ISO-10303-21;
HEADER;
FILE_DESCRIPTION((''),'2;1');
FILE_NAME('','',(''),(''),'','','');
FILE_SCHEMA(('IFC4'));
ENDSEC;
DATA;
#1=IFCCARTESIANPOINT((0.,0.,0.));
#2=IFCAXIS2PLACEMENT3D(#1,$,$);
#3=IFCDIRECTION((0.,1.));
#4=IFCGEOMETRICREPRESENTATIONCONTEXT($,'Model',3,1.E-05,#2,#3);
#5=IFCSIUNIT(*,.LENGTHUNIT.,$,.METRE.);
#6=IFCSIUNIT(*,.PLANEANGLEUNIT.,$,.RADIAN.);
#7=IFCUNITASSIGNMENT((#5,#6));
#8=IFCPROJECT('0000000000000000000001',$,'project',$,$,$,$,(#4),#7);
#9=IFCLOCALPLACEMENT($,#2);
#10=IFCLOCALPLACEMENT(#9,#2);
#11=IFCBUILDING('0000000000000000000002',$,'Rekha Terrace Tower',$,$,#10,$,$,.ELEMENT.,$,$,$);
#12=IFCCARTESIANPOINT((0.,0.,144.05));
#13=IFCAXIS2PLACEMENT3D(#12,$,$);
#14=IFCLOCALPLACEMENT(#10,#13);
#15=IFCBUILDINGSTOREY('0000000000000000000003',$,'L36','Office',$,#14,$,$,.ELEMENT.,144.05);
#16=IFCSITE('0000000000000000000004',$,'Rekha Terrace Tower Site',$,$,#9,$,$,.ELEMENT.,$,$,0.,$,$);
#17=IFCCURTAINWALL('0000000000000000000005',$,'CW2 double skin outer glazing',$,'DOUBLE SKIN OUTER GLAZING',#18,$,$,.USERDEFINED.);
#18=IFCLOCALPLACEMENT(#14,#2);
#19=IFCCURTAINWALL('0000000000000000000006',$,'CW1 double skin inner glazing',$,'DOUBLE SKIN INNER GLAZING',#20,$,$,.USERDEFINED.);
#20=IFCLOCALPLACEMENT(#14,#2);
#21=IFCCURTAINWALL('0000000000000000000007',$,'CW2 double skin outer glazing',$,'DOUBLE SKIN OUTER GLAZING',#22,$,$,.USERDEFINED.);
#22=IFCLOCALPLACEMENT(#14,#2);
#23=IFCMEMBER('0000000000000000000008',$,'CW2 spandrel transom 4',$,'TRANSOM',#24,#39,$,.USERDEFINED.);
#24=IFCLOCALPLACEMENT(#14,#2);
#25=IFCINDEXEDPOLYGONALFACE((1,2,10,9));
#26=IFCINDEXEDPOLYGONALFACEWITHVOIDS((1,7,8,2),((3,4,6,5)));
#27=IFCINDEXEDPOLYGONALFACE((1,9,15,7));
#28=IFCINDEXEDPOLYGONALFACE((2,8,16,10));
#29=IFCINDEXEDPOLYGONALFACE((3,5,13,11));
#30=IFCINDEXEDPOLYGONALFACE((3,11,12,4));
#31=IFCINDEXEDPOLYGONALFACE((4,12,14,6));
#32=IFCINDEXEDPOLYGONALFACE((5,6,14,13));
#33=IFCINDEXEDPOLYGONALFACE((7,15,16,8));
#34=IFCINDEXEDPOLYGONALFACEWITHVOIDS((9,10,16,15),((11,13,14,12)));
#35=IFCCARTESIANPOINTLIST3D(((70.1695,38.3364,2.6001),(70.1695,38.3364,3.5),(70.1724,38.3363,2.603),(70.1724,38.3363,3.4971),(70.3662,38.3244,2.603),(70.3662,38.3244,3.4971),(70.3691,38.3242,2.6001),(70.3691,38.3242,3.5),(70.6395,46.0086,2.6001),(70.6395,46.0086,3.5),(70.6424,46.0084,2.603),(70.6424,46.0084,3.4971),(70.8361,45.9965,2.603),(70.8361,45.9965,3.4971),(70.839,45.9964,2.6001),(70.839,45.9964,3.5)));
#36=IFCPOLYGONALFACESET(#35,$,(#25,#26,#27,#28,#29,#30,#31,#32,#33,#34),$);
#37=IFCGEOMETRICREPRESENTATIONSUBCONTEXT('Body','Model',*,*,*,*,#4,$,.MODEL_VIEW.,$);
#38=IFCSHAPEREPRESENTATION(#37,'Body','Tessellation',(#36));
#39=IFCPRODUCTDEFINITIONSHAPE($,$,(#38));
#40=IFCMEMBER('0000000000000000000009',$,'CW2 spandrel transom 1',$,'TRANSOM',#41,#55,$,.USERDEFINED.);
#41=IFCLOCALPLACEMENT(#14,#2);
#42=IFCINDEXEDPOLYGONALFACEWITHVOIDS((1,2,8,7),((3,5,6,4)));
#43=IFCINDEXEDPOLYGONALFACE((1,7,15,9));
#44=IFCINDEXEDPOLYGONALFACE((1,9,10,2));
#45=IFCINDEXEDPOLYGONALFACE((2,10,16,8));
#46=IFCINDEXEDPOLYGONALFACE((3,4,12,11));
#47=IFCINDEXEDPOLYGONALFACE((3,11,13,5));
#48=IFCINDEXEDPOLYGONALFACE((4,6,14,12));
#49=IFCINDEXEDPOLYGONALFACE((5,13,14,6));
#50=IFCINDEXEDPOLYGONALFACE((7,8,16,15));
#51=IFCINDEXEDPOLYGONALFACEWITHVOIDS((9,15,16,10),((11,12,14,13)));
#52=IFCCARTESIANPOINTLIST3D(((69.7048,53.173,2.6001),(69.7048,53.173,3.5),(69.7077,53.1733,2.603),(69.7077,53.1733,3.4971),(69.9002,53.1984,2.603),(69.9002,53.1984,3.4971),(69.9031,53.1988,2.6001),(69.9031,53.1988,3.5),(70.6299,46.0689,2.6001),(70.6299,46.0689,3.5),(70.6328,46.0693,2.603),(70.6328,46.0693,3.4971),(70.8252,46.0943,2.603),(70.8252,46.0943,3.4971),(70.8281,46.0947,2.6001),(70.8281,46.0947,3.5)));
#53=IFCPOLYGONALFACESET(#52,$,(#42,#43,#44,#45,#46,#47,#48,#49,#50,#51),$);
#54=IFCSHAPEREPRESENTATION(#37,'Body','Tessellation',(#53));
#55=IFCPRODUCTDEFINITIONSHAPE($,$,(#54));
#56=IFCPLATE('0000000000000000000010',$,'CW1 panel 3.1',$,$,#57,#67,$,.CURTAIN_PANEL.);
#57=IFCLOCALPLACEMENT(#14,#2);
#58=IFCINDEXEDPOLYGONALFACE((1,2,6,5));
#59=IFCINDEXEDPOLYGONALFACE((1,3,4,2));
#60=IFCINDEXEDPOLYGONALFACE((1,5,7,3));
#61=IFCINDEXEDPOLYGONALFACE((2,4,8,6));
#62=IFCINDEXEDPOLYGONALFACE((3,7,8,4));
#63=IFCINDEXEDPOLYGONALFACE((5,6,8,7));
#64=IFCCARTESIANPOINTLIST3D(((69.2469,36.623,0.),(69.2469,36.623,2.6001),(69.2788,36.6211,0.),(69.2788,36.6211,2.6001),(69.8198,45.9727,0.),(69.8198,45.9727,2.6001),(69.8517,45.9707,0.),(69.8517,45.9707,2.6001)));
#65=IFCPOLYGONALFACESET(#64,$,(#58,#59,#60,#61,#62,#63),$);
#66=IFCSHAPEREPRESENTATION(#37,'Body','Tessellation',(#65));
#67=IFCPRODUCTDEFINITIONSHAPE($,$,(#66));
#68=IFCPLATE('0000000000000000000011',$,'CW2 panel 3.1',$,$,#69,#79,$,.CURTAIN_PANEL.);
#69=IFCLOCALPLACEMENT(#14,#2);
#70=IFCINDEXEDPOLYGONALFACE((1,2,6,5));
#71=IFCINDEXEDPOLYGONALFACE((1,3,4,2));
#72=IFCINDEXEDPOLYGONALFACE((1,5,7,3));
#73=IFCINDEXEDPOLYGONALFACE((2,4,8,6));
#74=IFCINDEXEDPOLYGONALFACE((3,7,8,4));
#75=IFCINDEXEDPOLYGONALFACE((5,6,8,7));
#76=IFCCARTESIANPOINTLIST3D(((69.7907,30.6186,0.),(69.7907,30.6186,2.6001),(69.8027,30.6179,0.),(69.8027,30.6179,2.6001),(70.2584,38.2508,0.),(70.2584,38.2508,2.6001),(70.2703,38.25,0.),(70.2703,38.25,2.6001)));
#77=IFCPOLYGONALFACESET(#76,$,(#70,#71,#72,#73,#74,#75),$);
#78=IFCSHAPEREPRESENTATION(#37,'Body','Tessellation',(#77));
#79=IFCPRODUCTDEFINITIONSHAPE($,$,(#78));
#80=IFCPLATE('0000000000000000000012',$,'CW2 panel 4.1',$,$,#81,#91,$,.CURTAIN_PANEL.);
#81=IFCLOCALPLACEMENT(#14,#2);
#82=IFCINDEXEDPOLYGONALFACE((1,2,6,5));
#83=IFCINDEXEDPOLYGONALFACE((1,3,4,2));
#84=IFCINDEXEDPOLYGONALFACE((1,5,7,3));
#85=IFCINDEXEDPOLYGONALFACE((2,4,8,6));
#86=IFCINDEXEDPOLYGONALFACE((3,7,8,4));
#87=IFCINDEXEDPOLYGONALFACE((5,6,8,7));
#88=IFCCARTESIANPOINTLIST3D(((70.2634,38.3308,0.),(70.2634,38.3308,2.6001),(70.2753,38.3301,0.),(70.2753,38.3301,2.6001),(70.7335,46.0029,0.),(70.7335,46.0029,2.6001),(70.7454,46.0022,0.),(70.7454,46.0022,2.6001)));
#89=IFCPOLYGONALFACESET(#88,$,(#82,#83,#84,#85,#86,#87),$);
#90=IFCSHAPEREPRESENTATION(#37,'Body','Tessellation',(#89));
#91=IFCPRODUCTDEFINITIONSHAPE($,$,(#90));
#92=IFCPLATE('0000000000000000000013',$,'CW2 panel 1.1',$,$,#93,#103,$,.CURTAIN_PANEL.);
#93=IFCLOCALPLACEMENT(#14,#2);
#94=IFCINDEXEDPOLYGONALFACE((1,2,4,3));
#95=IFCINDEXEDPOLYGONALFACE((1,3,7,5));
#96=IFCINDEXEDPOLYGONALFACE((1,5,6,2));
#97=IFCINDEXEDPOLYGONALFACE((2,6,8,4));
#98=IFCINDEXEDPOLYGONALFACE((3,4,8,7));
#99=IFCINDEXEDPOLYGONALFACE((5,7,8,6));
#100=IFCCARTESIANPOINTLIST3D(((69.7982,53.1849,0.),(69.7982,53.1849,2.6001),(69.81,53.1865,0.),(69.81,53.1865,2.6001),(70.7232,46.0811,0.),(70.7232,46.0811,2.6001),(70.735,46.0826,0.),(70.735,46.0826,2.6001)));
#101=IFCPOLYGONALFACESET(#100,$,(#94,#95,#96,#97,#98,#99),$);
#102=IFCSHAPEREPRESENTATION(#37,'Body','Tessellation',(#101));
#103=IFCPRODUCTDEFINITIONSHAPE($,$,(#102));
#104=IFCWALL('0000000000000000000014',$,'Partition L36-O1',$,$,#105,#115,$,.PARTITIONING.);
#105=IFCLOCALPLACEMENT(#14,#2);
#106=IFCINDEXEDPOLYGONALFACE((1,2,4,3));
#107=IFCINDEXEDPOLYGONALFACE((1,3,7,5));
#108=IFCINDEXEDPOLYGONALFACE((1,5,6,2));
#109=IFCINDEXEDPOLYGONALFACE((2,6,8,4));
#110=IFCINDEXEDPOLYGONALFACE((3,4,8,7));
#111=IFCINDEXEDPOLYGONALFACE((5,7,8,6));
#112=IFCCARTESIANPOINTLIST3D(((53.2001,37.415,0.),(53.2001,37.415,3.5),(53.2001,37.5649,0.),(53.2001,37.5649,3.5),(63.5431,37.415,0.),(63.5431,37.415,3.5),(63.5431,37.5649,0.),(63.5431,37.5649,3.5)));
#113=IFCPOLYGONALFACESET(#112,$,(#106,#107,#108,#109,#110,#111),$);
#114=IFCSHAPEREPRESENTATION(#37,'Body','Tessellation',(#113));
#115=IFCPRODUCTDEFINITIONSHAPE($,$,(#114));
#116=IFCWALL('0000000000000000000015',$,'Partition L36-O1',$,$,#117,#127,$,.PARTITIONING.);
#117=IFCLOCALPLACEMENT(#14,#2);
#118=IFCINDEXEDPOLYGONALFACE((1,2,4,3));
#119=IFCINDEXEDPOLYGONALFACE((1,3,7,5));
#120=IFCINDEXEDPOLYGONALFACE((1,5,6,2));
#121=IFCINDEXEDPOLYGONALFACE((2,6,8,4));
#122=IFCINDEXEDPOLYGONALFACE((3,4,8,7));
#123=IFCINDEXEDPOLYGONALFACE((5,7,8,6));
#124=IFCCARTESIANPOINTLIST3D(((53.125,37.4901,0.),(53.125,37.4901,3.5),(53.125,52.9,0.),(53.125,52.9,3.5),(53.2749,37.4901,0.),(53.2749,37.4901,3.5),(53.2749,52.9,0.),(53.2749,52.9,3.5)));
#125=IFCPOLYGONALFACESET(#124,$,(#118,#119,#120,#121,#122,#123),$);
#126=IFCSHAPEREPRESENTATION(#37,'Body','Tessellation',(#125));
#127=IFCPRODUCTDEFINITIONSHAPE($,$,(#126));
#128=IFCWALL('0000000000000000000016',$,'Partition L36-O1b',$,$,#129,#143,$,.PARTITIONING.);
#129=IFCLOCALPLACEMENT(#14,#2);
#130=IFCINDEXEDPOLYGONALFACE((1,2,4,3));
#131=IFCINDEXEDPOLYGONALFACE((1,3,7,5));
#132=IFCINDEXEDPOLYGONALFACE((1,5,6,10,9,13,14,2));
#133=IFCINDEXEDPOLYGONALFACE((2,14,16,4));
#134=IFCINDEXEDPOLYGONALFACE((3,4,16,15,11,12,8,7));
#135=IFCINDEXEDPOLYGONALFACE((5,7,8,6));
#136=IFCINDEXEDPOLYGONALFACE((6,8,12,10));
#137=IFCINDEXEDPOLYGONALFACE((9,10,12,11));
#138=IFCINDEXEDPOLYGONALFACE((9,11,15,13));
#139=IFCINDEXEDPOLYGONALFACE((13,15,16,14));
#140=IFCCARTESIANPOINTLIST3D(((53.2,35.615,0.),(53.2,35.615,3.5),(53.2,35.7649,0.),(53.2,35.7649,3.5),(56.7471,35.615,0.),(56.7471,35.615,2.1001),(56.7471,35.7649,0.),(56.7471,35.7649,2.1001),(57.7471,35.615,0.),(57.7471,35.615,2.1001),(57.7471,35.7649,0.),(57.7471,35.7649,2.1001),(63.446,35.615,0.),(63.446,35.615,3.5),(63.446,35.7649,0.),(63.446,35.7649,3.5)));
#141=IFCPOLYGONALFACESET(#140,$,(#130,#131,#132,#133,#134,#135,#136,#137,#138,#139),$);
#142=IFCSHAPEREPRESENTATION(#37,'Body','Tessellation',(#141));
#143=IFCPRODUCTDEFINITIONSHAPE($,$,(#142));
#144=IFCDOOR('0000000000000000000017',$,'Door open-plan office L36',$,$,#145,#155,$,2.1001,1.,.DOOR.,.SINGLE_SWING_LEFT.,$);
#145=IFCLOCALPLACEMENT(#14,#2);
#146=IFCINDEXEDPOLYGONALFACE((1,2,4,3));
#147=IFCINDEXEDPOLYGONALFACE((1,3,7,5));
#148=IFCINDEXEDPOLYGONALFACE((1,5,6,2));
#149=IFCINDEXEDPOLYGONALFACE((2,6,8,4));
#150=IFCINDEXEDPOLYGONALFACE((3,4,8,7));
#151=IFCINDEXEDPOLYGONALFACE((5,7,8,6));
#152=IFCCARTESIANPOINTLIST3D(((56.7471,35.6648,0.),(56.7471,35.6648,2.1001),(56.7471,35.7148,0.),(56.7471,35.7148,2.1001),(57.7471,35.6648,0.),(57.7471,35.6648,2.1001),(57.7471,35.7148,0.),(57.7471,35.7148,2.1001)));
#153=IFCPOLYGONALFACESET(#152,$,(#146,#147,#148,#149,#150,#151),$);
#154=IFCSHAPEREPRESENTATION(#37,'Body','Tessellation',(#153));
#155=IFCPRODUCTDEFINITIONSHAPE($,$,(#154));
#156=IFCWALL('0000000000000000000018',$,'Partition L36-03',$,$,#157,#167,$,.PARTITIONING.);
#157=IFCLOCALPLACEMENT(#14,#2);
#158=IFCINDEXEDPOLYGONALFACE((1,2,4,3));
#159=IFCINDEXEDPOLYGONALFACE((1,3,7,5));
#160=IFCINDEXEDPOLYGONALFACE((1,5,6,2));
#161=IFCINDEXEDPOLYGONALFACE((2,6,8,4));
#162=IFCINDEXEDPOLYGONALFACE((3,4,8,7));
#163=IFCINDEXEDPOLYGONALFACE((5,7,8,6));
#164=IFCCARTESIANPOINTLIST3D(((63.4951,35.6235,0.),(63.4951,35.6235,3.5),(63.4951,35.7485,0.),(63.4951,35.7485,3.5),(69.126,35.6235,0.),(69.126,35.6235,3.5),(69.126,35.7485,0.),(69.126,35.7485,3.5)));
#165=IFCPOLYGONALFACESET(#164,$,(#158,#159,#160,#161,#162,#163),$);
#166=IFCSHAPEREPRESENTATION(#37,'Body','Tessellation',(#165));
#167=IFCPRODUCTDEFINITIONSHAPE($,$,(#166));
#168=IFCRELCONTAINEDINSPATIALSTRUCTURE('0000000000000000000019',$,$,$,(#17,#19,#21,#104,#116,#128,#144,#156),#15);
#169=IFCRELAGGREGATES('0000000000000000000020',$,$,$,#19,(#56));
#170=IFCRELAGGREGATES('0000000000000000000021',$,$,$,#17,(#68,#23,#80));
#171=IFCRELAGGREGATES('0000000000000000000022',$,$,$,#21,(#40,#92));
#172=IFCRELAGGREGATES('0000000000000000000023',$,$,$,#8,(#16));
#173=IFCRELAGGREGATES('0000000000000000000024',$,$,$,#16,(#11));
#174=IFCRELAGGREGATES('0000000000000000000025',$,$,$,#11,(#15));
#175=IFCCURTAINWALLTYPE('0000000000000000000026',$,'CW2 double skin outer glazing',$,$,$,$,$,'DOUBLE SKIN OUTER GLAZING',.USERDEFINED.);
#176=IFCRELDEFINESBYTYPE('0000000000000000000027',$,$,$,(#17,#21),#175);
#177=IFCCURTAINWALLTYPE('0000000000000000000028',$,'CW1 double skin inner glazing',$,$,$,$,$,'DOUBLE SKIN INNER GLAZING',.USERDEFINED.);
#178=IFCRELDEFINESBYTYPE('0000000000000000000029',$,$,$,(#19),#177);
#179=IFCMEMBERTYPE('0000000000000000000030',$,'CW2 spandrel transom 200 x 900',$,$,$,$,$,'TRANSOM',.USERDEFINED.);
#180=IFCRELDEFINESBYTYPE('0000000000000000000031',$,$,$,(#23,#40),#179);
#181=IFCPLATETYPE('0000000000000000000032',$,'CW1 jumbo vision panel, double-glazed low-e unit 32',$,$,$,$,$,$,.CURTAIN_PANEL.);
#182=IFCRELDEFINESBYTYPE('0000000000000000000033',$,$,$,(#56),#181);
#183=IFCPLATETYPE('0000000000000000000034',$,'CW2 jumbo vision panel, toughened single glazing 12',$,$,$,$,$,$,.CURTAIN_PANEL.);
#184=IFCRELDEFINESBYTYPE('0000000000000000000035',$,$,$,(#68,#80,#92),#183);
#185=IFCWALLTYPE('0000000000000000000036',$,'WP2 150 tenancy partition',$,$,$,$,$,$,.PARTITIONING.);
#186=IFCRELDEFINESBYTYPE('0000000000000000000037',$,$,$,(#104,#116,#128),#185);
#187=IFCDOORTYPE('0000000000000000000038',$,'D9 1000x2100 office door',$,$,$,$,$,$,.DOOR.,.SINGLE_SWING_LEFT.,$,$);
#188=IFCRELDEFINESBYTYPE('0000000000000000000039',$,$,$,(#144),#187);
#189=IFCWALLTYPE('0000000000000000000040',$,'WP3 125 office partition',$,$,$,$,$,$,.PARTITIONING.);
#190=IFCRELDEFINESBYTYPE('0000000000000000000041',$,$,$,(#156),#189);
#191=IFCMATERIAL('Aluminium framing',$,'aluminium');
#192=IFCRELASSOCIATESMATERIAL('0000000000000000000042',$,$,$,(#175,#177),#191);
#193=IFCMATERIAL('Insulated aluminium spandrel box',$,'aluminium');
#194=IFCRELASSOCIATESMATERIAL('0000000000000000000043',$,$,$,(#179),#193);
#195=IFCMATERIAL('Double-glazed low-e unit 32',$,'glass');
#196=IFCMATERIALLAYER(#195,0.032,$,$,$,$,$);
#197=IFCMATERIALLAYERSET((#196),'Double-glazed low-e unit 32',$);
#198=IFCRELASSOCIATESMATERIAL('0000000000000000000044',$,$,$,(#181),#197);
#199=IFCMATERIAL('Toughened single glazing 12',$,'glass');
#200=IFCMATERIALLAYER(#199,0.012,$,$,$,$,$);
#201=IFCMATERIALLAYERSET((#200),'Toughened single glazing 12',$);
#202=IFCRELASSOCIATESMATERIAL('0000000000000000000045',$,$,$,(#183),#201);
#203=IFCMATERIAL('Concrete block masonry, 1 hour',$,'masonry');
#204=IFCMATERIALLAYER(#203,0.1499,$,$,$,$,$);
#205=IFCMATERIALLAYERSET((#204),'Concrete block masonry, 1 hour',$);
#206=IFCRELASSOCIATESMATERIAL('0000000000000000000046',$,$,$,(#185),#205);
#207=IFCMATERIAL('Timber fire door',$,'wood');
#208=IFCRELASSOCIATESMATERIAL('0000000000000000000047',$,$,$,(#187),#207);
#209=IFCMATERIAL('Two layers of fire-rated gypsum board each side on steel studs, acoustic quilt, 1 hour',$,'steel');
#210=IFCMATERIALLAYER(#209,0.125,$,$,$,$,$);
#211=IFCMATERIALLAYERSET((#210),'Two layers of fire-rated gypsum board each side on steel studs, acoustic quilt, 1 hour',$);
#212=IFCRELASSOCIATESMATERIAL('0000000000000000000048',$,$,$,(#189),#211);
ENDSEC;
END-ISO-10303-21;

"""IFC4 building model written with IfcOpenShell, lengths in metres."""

from ifc_helpers import new_model, si_unit, direction, frame, frame_2d, origin, origin_2d, place, context, subcontext, project, spatial, rectangle, hollow_rectangle, extrude, material, layer, layer_set, material_profile, profile_set, type_object, element, fill, aggregate, save


model = new_model("IFC4")

# Units and contexts
model_context = context("Model", 3, precision=1e-05, world=origin(), true_north=direction((0.0, 1.0)))
body_context = subcontext(model_context, "Body", "Model", "MODEL_VIEW")
ifc_project = project(units=[si_unit("LENGTHUNIT", "METRE"), si_unit("PLANEANGLEUNIT", "RADIAN")], contexts=[model_context])

# Site, building, storey
site_placement = place(None, origin())
site = spatial("IfcSite", under=ifc_project, at=site_placement, Name="Rekha Terrace Tower Site", CompositionType="ELEMENT", RefElevation=0.0)
building_placement = place(site_placement, origin())
building = spatial("IfcBuilding", under=site, at=building_placement, Name="Rekha Terrace Tower", CompositionType="ELEMENT")
storey_placement = place(building_placement, frame((0.0, 0.0, 144.05)))
storey = spatial("IfcBuildingStorey", under=building, at=storey_placement, Name="L36", Description="Office", CompositionType="ELEMENT", Elevation=144.05)

# Curtain walls
ifc_material_1 = material(Name="Aluminium framing", Category="aluminium")
curtain_wall_type_1 = type_object("IfcCurtainWallType", Name="CW2 double skin outer glazing", ElementType="DOUBLE SKIN OUTER GLAZING", PredefinedType="USERDEFINED", material=ifc_material_1)
curtain_wall_1_placement = place(storey_placement, origin())
curtain_wall_1 = element("IfcCurtainWall", 1, at=curtain_wall_1_placement, inside=storey, type_object=curtain_wall_type_1, Name="CW2 double skin outer glazing", ObjectType="DOUBLE SKIN OUTER GLAZING", PredefinedType="USERDEFINED")
curtain_wall_type_2 = type_object("IfcCurtainWallType", Name="CW1 double skin inner glazing", ElementType="DOUBLE SKIN INNER GLAZING", PredefinedType="USERDEFINED", material=ifc_material_1)
curtain_wall_2_placement = place(storey_placement, origin())
curtain_wall_2 = element("IfcCurtainWall", 2, at=curtain_wall_2_placement, inside=storey, type_object=curtain_wall_type_2, Name="CW1 double skin inner glazing", ObjectType="DOUBLE SKIN INNER GLAZING", PredefinedType="USERDEFINED")

# Shared definitions
ifc_material_2 = material(Name="Insulated aluminium spandrel box", Category="aluminium")

# Curtain wall
curtain_wall_3_placement = place(storey_placement, origin())
curtain_wall_3 = element("IfcCurtainWall", 3, at=curtain_wall_3_placement, inside=storey, type_object=curtain_wall_type_1, Name="CW2 double skin outer glazing", ObjectType="DOUBLE SKIN OUTER GLAZING", PredefinedType="USERDEFINED")

# Members
ifc_material_profile_1 = material_profile(ifc_material_2, hollow_rectangle(XDim=0.2, YDim=0.8999, WallThickness=0.0029, at=origin_2d()), Name="AL SPANDREL BOX 200x900")
ifc_profile_set_1 = profile_set([ifc_material_profile_1], Name="Insulated aluminium spandrel box")
member_type_1 = type_object("IfcMemberType", Name="CW2 spandrel transom 200 x 900", ElementType="TRANSOM", PredefinedType="USERDEFINED", material=ifc_profile_set_1)
member_1_placement = place(storey_placement, frame((70.2693, 38.3303, 3.05), z_axis=(0.061142, 0.998129, 0.0), x_axis=(-0.998129, 0.061142, 0.0)))
member_1 = element("IfcMember", 4, at=member_1_placement, type_object=member_type_1, Name="CW2 spandrel transom 4", ObjectType="TRANSOM", PredefinedType="USERDEFINED", context=body_context, shape_type="SweptSolid", body=[
    extrude(hollow_rectangle(XDim=0.2, YDim=0.8999, WallThickness=0.0029, at=origin_2d()), origin(), (0.0, 0.0, 1.0), 7.6865),
])
member_2_placement = place(storey_placement, frame((70.729, 46.0818, 3.05), z_axis=(-0.129125, 0.991628, 0.0), x_axis=(-0.991628, -0.129125, 0.0)))
member_2 = element("IfcMember", 5, at=member_2_placement, type_object=member_type_1, Name="CW2 spandrel transom 1", ObjectType="TRANSOM", PredefinedType="USERDEFINED", context=body_context, shape_type="SweptSolid", body=[
    extrude(hollow_rectangle(XDim=0.2, YDim=0.8999, WallThickness=0.0029, at=origin_2d()), origin(), (0.0, 0.0, 1.0), 7.1641),
])

# Plates
ifc_material_3 = material(Name="Double-glazed low-e unit 32", Category="glass")
ifc_layer_1 = layer(ifc_material_3, 0.032)
ifc_layer_set_1 = layer_set([ifc_layer_1], Name="Double-glazed low-e unit 32")
plate_type_1 = type_object("IfcPlateType", Name="CW1 jumbo vision panel, double-glazed low-e unit 32", PredefinedType="CURTAIN_PANEL", material=ifc_layer_set_1)
plate_1_placement = place(storey_placement, frame((69.5493, 41.2969, 0.0), z_axis=(0.0, 0.0, 1.0), x_axis=(0.06116, 0.998128, 0.0)))
plate_1 = element("IfcPlate", 6, at=plate_1_placement, type_object=plate_type_1, Name="CW1 panel 3.1", PredefinedType="CURTAIN_PANEL", context=body_context, shape_type="SweptSolid", body=[
    extrude(rectangle(XDim=9.3672, YDim=0.032, at=origin_2d()), origin(), (0.0, 0.0, 1.0), 2.6001),
])
aggregate(curtain_wall_2, [plate_1])
ifc_material_4 = material(Name="Toughened single glazing 12", Category="glass")
ifc_layer_2 = layer(ifc_material_4, 0.012)
ifc_layer_set_2 = layer_set([ifc_layer_2], Name="Toughened single glazing 12")
plate_type_2 = type_object("IfcPlateType", Name="CW2 jumbo vision panel, toughened single glazing 12", PredefinedType="CURTAIN_PANEL", material=ifc_layer_set_2)
plate_2_placement = place(storey_placement, frame((70.0305, 34.4343, 0.0), z_axis=(0.0, 0.0, 1.0), x_axis=(0.06116, 0.998128, 0.0)))
plate_2 = element("IfcPlate", 7, at=plate_2_placement, type_object=plate_type_2, Name="CW2 panel 3.1", PredefinedType="CURTAIN_PANEL", context=body_context, shape_type="SweptSolid", body=[
    extrude(rectangle(XDim=7.6465, YDim=0.012, at=origin_2d()), origin(), (0.0, 0.0, 1.0), 2.6001),
])
plate_3_placement = place(storey_placement, frame((70.5044, 42.1665, 0.0), z_axis=(0.0, 0.0, 1.0), x_axis=(0.06116, 0.998128, 0.0)))
plate_3 = element("IfcPlate", 8, at=plate_3_placement, type_object=plate_type_2, Name="CW2 panel 4.1", PredefinedType="CURTAIN_PANEL", context=body_context, shape_type="SweptSolid", body=[
    extrude(rectangle(XDim=7.6865, YDim=0.012, at=origin_2d()), origin(), (0.0, 0.0, 1.0), 2.6001),
])
aggregate(curtain_wall_1, [plate_2, member_1, plate_3])
plate_4_placement = place(storey_placement, frame((70.2666, 49.6338, 0.0), z_axis=(0.0, 0.0, 1.0), x_axis=(-0.129118, 0.991629, 0.0)))
plate_4 = element("IfcPlate", 9, at=plate_4_placement, type_object=plate_type_2, Name="CW2 panel 1.1", PredefinedType="CURTAIN_PANEL", context=body_context, shape_type="SweptSolid", body=[
    extrude(rectangle(XDim=7.1638, YDim=0.012, at=origin_2d()), origin(), (0.0, 0.0, 1.0), 2.6001),
])
aggregate(curtain_wall_3, [member_2, plate_4])

# Walls
ifc_material_5 = material(Name="Concrete block masonry, 1 hour", Category="masonry")
ifc_layer_3 = layer(ifc_material_5, 0.1499)
ifc_layer_set_3 = layer_set([ifc_layer_3], Name="Concrete block masonry, 1 hour")
wall_type_1 = type_object("IfcWallType", Name="WP2 150 tenancy partition", PredefinedType="PARTITIONING", material=ifc_layer_set_3)
wall_1_placement = place(storey_placement, frame((63.543, 37.49, 0.0), z_axis=(0.0, 0.0, 1.0), x_axis=(-1.0, 0.0, 0.0)))
element("IfcWall", 10, at=wall_1_placement, inside=storey, type_object=wall_type_1, Name="Partition L36-O1", PredefinedType="PARTITIONING", context=body_context, shape_type="SweptSolid", body=[
    extrude(rectangle(XDim=10.343, YDim=0.1499, at=frame_2d((5.1714, 0.0))), origin(), (0.0, 0.0, 1.0), 3.5),
])
wall_2_placement = place(storey_placement, frame((53.2, 37.49, 0.0), z_axis=(0.0, 0.0, 1.0), x_axis=(0.0, 1.0, 0.0)))
element("IfcWall", 11, at=wall_2_placement, inside=storey, type_object=wall_type_1, Name="Partition L36-O1", PredefinedType="PARTITIONING", context=body_context, shape_type="SweptSolid", body=[
    extrude(rectangle(XDim=15.4099, YDim=0.1499, at=frame_2d((7.7051, 0.0))), origin(), (0.0, 0.0, 1.0), 3.5),
])

# Wall, opening, door
wall_3_placement = place(storey_placement, frame((53.2, 35.6899, 0.0), z_axis=(0.0, 0.0, 1.0), x_axis=(1.0, 0.0, 0.0)))
wall_3 = element("IfcWall", 12, at=wall_3_placement, inside=storey, type_object=wall_type_1, Name="Partition L36-O1b", PredefinedType="PARTITIONING", context=body_context, shape_type="SweptSolid", body=[
    extrude(rectangle(XDim=10.2461, YDim=0.1499, at=frame_2d((5.123, 0.0))), origin(), (0.0, 0.0, 1.0), 3.5),
])
opening_1_placement = place(wall_3_placement, frame((3.5471, 0.0, 0.0)))
opening_1 = element("IfcOpeningElement", 13, at=opening_1_placement, cuts=wall_3, PredefinedType="OPENING", context=body_context, shape_type="SweptSolid", body=[
    extrude(rectangle(XDim=1.0, YDim=2.1001, at=frame_2d((0.5, 1.05))), frame((0.0, 0.085, 0.0), z_axis=(0.0, -1.0, 0.0), x_axis=(1.0, 0.0, 0.0)), (0.0, 0.0, 1.0), 0.1699),
])
ifc_material_6 = material(Name="Timber fire door", Category="wood")
door_type = type_object("IfcDoorType", Name="D9 1000x2100 office door", OperationType="SINGLE_SWING_LEFT", PredefinedType="DOOR", material=ifc_material_6)
door_1_placement = place(opening_1_placement, origin())
door_1 = element("IfcDoor", 14, at=door_1_placement, inside=storey, type_object=door_type, Name="Door open-plan office L36", OperationType="SINGLE_SWING_LEFT", OverallHeight=2.1001, OverallWidth=1.0, PredefinedType="DOOR", context=body_context, shape_type="SweptSolid", body=[
    extrude(rectangle(XDim=1.0, YDim=2.1001, at=frame_2d((0.5, 1.05))), frame((0.0, 0.0249, 0.0), z_axis=(0.0, -1.0, 0.0), x_axis=(1.0, 0.0, 0.0)), (0.0, 0.0, 1.0), 0.05),
])
fill(opening_1, door_1)

# Wall
ifc_material_7 = material(Name="Two layers of fire-rated gypsum board each side on steel studs, acoustic quilt, 1 hour", Category="steel")
ifc_layer_4 = layer(ifc_material_7, 0.125)
ifc_layer_set_4 = layer_set([ifc_layer_4], Name="Two layers of fire-rated gypsum board each side on steel studs, acoustic quilt, 1 hour")
wall_type_2 = type_object("IfcWallType", Name="WP3 125 office partition", PredefinedType="PARTITIONING", material=ifc_layer_set_4)
wall_4_placement = place(storey_placement, frame((63.4951, 35.686, 0.0), z_axis=(0.0, 0.0, 1.0), x_axis=(1.0, 0.0, 0.0)))
element("IfcWall", 15, at=wall_4_placement, inside=storey, type_object=wall_type_2, Name="Partition L36-03", PredefinedType="PARTITIONING", context=body_context, shape_type="SweptSolid", body=[
    extrude(rectangle(XDim=5.6309, YDim=0.125, at=frame_2d((2.8154, 0.0))), origin(), (0.0, 0.0, 1.0), 3.5),
])

save(model, "model.ifc")
